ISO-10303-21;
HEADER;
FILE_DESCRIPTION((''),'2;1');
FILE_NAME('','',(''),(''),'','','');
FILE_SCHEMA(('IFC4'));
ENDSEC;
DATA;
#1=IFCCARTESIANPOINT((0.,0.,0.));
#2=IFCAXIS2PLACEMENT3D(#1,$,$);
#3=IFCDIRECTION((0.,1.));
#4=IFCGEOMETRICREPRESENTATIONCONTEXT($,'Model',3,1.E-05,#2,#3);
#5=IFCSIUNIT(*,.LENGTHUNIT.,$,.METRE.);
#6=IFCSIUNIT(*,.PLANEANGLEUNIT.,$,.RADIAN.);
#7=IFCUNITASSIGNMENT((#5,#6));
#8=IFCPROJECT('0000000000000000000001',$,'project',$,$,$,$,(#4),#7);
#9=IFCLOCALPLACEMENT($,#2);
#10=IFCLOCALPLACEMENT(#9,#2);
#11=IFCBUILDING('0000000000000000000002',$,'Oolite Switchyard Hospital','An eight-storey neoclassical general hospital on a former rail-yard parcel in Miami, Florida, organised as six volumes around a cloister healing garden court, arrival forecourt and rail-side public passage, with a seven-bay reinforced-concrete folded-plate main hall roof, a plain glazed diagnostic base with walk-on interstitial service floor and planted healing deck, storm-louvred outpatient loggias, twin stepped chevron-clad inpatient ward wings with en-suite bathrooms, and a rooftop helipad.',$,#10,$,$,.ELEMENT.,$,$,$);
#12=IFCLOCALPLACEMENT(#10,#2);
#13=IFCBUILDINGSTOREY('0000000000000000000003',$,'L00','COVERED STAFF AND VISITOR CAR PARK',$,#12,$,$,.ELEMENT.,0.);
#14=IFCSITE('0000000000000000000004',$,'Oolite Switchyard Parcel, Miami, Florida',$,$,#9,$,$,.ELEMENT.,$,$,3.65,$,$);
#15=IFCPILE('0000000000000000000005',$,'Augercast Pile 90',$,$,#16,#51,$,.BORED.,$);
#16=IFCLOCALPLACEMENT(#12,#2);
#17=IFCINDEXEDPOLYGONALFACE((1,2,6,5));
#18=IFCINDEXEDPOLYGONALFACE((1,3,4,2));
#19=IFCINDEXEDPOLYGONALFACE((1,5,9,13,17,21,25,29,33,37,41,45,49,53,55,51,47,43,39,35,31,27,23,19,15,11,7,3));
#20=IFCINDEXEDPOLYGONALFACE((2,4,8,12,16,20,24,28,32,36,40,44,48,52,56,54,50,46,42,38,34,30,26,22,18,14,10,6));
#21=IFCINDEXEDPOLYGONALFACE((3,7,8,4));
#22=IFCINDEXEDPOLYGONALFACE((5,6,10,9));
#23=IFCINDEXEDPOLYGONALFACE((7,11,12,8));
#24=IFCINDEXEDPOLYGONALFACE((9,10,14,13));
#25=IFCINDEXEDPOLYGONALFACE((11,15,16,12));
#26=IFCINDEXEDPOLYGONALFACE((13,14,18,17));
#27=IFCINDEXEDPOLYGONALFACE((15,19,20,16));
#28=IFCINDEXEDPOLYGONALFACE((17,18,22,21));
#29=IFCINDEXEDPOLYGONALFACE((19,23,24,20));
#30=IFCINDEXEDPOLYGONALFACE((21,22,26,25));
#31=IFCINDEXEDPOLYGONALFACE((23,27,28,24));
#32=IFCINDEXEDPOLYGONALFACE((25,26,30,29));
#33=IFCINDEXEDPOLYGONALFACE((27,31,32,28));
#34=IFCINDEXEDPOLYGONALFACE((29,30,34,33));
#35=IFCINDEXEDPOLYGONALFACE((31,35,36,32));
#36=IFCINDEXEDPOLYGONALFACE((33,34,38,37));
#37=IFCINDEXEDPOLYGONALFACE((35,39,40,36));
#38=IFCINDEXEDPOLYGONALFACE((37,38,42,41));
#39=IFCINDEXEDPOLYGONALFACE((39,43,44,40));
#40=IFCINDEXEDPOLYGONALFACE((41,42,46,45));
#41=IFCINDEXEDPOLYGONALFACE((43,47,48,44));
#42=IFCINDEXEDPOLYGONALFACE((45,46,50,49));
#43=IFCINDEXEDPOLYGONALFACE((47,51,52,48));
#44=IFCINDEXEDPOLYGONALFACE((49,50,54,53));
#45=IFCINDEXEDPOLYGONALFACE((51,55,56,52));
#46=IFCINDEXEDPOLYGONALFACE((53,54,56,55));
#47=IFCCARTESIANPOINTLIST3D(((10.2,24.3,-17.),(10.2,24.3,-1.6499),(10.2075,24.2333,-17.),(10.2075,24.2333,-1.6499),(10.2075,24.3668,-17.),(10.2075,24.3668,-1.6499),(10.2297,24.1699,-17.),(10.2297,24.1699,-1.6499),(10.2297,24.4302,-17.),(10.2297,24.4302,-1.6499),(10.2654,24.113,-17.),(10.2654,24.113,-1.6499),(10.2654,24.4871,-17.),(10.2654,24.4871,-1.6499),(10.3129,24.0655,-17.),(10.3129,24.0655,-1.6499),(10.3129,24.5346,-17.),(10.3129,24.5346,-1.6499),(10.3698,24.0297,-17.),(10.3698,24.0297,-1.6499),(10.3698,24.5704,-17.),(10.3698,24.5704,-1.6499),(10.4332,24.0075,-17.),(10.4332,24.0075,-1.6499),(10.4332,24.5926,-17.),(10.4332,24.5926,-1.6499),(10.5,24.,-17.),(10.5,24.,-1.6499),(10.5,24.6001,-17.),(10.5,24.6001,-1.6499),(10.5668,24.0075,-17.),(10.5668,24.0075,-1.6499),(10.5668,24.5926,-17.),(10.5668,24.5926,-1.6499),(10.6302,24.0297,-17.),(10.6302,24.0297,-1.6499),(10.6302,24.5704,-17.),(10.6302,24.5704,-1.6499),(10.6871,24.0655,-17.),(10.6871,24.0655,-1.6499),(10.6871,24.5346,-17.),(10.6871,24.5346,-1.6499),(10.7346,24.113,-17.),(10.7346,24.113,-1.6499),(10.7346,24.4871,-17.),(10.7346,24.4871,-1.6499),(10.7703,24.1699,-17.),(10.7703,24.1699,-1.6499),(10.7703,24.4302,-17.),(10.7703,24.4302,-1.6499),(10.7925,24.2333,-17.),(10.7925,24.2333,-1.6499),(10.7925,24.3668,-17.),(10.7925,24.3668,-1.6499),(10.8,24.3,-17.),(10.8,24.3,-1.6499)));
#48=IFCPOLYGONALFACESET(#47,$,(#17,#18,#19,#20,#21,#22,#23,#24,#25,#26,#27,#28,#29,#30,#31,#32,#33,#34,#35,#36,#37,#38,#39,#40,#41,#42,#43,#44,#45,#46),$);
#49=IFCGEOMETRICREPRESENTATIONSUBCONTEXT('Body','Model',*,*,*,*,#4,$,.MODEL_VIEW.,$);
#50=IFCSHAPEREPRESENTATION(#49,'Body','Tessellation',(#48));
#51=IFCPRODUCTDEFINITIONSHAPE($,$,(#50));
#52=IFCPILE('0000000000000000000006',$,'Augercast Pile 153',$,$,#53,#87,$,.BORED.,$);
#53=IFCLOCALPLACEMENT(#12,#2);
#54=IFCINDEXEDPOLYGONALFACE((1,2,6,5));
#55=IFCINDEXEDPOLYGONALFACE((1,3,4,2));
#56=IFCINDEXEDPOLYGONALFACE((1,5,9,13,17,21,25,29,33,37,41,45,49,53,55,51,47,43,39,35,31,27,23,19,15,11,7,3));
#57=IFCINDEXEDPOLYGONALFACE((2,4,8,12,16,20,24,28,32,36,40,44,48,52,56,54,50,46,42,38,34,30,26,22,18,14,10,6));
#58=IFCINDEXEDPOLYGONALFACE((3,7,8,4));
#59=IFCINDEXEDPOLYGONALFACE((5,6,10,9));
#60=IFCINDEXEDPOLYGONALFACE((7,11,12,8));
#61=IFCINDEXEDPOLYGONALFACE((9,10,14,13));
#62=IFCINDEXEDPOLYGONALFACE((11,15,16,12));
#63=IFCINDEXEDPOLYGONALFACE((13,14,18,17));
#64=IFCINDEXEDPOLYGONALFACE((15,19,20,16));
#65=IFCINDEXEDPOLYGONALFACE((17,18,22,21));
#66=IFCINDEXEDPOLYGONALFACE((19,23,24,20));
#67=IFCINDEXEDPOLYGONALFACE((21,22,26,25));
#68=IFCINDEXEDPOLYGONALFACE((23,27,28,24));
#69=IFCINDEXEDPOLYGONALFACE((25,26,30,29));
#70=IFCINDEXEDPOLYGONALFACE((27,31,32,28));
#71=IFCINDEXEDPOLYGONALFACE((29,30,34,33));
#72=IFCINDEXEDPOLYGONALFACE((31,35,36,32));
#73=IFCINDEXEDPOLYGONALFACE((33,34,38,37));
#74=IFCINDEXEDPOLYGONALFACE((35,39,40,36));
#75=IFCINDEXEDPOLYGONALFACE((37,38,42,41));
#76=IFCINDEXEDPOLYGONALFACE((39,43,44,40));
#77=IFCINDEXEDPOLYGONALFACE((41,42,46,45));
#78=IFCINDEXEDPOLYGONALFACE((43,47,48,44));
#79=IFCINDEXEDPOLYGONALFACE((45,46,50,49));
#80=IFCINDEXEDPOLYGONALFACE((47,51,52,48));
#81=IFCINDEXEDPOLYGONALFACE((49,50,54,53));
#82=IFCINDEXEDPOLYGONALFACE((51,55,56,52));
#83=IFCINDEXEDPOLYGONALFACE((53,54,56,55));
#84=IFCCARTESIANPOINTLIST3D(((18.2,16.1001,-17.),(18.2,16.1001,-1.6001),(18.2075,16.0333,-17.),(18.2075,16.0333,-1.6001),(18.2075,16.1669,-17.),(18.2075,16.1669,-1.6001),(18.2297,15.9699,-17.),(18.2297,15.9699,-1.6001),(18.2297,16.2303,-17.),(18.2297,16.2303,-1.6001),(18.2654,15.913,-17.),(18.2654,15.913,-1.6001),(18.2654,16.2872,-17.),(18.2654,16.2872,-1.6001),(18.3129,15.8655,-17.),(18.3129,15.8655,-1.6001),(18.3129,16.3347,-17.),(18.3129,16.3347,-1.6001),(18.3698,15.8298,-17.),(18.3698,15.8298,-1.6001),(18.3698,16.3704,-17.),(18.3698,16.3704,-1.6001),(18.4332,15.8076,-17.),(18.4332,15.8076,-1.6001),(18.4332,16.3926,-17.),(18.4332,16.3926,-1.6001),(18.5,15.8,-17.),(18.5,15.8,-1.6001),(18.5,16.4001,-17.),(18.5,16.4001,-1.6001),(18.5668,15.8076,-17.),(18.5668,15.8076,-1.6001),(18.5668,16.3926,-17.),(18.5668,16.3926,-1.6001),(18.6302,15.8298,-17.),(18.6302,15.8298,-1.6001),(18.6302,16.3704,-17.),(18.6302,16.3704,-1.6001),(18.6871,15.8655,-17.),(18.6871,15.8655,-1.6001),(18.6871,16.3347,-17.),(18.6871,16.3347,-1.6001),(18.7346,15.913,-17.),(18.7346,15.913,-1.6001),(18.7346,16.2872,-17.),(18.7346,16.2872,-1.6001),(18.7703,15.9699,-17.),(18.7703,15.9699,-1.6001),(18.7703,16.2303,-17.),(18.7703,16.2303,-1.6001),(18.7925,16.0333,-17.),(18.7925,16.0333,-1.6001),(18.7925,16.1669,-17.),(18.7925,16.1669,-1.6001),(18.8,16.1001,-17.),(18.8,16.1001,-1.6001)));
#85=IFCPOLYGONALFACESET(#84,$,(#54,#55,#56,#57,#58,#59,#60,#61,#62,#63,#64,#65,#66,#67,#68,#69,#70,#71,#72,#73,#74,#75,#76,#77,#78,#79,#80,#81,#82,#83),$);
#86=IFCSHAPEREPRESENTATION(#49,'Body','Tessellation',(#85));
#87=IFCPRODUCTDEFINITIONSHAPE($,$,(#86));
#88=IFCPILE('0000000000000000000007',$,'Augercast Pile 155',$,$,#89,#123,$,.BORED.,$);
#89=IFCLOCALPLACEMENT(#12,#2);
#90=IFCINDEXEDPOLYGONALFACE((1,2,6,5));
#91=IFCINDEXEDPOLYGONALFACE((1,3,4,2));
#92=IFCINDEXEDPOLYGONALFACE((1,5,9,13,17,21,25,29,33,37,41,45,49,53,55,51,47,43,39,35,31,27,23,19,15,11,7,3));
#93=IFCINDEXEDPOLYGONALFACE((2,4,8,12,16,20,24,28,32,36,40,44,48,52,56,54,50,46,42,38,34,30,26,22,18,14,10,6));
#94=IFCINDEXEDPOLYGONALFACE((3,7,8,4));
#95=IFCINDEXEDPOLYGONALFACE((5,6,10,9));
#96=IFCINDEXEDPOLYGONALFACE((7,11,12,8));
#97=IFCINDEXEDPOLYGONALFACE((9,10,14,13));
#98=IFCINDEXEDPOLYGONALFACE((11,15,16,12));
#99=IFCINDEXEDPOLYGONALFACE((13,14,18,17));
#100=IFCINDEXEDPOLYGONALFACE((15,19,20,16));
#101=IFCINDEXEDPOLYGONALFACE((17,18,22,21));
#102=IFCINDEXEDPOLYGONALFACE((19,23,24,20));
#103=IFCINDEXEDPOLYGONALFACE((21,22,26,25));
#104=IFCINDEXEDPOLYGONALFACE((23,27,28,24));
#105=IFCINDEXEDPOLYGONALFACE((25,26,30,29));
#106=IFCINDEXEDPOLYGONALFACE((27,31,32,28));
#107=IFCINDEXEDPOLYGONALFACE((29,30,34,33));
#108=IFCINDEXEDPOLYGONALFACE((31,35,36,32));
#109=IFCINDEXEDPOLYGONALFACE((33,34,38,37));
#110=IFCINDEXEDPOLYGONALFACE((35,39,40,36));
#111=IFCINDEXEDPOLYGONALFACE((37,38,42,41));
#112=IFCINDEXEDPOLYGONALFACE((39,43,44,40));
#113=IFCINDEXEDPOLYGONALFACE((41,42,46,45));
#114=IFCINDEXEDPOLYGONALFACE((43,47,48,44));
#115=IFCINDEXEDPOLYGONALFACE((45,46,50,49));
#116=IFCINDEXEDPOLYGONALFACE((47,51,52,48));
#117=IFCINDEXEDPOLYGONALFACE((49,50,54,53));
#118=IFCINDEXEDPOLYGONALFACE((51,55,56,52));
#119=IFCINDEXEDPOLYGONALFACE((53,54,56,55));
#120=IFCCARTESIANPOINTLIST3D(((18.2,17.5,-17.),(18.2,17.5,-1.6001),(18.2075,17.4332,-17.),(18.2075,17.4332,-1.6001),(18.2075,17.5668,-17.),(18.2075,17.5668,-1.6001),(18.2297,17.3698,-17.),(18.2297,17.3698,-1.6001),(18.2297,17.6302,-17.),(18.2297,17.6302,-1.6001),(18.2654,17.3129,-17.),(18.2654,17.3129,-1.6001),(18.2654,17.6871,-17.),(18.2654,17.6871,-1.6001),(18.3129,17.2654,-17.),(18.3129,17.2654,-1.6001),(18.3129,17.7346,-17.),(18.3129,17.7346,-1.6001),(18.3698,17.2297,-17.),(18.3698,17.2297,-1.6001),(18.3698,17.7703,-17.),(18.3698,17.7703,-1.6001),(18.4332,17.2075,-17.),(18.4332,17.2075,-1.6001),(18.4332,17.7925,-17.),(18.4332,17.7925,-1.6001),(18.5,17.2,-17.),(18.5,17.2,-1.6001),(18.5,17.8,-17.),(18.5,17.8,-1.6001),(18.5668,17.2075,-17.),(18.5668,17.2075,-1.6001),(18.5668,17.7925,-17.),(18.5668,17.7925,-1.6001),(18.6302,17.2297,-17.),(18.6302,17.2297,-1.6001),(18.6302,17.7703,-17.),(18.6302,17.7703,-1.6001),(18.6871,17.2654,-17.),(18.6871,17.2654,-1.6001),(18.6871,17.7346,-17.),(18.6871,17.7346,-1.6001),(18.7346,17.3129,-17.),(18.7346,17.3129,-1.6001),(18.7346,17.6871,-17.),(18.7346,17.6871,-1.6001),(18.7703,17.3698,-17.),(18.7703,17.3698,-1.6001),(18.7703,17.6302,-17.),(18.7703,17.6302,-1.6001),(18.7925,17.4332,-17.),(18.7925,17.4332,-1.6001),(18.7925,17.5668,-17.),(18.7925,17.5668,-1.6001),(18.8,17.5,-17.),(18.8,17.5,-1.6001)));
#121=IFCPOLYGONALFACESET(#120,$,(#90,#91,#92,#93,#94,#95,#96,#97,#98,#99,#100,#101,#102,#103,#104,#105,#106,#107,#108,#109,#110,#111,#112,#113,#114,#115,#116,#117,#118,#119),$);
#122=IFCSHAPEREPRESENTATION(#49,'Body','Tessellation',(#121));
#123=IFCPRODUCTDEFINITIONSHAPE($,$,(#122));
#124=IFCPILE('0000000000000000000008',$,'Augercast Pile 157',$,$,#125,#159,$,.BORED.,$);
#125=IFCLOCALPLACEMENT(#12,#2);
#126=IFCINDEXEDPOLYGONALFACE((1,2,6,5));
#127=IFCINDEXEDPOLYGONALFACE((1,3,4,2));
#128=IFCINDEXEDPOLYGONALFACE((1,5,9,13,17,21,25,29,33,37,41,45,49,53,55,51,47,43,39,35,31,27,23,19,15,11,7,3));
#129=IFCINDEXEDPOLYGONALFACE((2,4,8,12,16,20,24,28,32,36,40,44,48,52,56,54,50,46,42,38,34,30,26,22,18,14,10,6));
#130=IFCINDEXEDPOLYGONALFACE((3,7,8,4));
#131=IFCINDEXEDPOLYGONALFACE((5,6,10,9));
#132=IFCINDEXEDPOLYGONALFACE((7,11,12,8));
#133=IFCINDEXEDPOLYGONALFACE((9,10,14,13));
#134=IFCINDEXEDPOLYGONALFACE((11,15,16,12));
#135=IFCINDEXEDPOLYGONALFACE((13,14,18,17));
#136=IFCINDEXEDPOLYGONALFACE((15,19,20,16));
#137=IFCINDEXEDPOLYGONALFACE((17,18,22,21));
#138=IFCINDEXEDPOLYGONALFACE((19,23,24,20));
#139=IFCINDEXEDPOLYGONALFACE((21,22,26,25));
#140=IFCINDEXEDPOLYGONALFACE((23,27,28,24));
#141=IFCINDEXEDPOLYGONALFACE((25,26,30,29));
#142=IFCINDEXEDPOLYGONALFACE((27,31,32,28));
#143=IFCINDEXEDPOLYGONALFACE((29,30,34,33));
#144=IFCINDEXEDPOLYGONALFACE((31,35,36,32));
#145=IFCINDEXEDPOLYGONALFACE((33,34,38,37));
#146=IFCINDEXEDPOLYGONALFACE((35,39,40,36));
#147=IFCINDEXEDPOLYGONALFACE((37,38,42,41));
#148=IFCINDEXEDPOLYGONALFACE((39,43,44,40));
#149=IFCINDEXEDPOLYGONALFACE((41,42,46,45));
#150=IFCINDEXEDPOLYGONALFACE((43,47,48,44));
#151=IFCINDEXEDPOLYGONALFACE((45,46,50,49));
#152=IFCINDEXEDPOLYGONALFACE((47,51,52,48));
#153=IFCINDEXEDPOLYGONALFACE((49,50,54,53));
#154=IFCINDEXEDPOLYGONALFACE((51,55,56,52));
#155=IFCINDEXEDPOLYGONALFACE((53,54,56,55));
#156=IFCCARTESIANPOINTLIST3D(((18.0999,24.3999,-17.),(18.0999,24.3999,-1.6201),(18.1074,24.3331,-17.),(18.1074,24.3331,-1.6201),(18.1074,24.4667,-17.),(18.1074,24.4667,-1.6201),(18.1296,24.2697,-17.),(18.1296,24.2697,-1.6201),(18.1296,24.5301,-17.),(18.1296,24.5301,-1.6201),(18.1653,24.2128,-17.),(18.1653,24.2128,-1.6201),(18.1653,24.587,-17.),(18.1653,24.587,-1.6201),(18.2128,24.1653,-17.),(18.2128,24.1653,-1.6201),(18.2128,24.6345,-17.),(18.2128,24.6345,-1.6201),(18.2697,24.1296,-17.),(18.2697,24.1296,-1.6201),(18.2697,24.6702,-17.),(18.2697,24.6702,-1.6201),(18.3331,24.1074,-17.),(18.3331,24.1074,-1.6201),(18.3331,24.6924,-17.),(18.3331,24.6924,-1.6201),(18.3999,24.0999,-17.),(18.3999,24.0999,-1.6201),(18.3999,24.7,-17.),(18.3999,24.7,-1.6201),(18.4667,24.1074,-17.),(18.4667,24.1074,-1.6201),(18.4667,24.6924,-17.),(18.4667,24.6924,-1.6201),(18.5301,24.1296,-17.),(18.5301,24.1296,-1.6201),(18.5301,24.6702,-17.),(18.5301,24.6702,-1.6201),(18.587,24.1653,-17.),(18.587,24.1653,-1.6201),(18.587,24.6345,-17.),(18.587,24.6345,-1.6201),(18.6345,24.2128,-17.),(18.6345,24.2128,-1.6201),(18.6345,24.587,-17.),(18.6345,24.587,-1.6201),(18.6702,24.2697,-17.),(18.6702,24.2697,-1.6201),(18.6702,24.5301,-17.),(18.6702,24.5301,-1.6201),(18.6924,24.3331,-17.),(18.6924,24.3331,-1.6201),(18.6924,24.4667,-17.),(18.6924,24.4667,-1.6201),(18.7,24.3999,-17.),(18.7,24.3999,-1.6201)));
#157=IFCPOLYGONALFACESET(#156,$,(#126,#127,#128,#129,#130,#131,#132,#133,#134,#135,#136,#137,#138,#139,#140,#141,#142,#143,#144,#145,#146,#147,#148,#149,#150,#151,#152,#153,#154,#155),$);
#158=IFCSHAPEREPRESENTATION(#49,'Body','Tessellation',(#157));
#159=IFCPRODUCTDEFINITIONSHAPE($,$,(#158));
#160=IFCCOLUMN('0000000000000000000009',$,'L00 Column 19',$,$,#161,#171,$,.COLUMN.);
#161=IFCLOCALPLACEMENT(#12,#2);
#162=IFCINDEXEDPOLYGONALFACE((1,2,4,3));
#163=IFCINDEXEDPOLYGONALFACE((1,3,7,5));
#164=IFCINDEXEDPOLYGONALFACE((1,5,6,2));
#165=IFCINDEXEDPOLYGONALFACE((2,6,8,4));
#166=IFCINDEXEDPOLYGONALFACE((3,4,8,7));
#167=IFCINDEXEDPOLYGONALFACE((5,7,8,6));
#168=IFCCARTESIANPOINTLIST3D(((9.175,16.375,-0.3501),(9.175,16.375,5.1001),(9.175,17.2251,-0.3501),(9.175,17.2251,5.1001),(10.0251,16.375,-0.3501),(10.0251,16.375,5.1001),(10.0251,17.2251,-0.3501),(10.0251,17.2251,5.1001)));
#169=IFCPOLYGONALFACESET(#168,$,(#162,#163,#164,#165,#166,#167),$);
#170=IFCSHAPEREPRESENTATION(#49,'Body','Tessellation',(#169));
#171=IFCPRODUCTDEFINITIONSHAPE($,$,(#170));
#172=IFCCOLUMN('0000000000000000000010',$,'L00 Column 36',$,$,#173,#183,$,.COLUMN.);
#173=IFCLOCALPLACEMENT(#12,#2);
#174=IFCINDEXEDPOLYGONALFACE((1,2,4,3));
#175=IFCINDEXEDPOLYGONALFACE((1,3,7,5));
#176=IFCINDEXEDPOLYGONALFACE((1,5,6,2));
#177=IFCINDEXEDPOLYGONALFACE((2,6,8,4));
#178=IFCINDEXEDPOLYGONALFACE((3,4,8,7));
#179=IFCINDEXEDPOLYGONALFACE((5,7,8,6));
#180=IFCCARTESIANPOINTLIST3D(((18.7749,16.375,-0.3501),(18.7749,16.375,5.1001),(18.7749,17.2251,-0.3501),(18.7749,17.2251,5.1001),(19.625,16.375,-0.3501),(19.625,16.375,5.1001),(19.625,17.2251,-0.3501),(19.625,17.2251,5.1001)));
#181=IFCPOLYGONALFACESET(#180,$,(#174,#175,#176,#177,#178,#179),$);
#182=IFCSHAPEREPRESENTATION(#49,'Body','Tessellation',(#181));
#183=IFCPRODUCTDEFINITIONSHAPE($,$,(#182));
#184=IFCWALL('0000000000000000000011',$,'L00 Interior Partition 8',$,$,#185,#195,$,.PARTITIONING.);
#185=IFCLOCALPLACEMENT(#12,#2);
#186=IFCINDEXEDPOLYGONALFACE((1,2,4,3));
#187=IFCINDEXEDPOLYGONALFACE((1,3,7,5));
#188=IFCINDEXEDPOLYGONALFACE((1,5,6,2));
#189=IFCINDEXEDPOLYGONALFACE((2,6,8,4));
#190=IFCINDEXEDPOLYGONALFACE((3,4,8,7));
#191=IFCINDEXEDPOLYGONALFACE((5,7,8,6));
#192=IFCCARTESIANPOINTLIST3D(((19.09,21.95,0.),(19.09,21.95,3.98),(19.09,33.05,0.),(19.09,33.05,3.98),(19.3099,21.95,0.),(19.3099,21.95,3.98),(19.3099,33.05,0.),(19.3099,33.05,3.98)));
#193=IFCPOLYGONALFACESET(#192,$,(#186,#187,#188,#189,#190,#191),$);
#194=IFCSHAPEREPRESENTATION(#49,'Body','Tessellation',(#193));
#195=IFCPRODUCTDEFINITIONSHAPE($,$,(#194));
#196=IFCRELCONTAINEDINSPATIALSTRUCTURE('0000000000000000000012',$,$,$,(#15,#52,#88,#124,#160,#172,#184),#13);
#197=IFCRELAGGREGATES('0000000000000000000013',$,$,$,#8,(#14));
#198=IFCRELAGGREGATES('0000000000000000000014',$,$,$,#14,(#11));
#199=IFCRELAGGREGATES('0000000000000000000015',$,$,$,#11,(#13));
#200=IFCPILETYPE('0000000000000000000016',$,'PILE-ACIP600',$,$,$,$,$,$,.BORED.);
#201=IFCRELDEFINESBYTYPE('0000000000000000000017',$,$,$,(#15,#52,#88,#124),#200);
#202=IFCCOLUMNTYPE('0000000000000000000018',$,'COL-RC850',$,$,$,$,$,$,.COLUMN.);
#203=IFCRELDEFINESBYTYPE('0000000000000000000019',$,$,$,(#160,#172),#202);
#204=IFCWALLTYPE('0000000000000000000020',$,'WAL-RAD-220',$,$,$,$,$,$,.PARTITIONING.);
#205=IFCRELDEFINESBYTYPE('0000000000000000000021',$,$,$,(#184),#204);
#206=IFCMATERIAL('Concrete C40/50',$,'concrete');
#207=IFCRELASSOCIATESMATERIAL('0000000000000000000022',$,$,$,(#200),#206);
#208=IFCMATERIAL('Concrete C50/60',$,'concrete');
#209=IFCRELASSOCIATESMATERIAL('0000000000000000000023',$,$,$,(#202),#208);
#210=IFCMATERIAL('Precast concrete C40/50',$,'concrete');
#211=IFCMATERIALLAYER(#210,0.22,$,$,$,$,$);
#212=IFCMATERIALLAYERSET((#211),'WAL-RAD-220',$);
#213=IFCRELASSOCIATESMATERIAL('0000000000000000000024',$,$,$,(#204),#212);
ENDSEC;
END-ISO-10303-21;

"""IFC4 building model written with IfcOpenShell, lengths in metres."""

from ifc_helpers import new_model, si_unit, direction, frame, frame_2d, origin, origin_2d, place, context, subcontext, project, spatial, rectangle, circle, extrude, material, layer, layer_set, material_profile, profile_set, type_object, element, save


model = new_model("IFC4")

# Units and contexts
model_context = context("Model", 3, precision=1e-05, world=origin(), true_north=direction((0.0, 1.0)))
body_context = subcontext(model_context, "Body", "Model", "MODEL_VIEW")
ifc_project = project(units=[si_unit("LENGTHUNIT", "METRE"), si_unit("PLANEANGLEUNIT", "RADIAN")], contexts=[model_context])

# Site, building, storey
site_placement = place(None, origin())
site = spatial("IfcSite", under=ifc_project, at=site_placement, Name="Oolite Switchyard Parcel, Miami, Florida", CompositionType="ELEMENT", RefElevation=3.65)
building_placement = place(site_placement, origin())
building = spatial("IfcBuilding", under=site, at=building_placement, Name="Oolite Switchyard Hospital", Description="An eight-storey neoclassical general hospital on a former rail-yard parcel in Miami, Florida, organised as six volumes around a cloister healing garden court, arrival forecourt and rail-side public passage, with a seven-bay reinforced-concrete folded-plate main hall roof, a plain glazed diagnostic base with walk-on interstitial service floor and planted healing deck, storm-louvred outpatient loggias, twin stepped chevron-clad inpatient ward wings with en-suite bathrooms, and a rooftop helipad.", CompositionType="ELEMENT")
storey_placement = place(building_placement, origin())
storey = spatial("IfcBuildingStorey", under=building, at=storey_placement, Name="L00", Description="COVERED STAFF AND VISITOR CAR PARK", CompositionType="ELEMENT", Elevation=0.0)

# Shared definitions
ifc_material_1 = material(Name="Concrete C40/50", Category="concrete")

# Piles
ifc_material_profile_1 = material_profile(ifc_material_1, circle(Radius=0.3, at=origin_2d()), Name="PILE600")
ifc_profile_set_1 = profile_set([ifc_material_profile_1], Name="Concrete C40/50")
pile_type = type_object("IfcPileType", Name="PILE-ACIP600", PredefinedType="BORED", material=ifc_profile_set_1)
for number, where, z_axis, x_axis, name in (
    (1, (10.5, 24.3, -1.6499), (0.0, 0.0, -1.0), (1.0, 0.0, 0.0), "Augercast Pile 90"),
):
    element("IfcPile", number, at=place(storey_placement, frame(where, z_axis=z_axis, x_axis=x_axis)), inside=storey, type_object=pile_type, Name=name, PredefinedType="BORED", context=body_context, shape_type="SweptSolid", body=[
        extrude(circle(Radius=0.3, at=origin_2d()), origin(), (0.0, 0.0, 1.0), 15.3501),
    ])
for number, where, z_axis, x_axis, name in (
    (2, (18.5, 16.1001, -1.6001), (0.0, 0.0, -1.0), (1.0, 0.0, 0.0), "Augercast Pile 153"),
    (3, (18.5, 17.5, -1.6001), (0.0, 0.0, -1.0), (1.0, 0.0, 0.0), "Augercast Pile 155"),
):
    element("IfcPile", number, at=place(storey_placement, frame(where, z_axis=z_axis, x_axis=x_axis)), inside=storey, type_object=pile_type, Name=name, PredefinedType="BORED", context=body_context, shape_type="SweptSolid", body=[
        extrude(circle(Radius=0.3, at=origin_2d()), origin(), (0.0, 0.0, 1.0), 15.3999),
    ])
pile_placement = place(storey_placement, frame((18.3999, 24.3999, -1.6201), z_axis=(0.0, 0.0, -1.0), x_axis=(1.0, 0.0, 0.0)))
element("IfcPile", 4, at=pile_placement, inside=storey, type_object=pile_type, Name="Augercast Pile 157", PredefinedType="BORED", context=body_context, shape_type="SweptSolid", body=[
    extrude(circle(Radius=0.3, at=origin_2d()), origin(), (0.0, 0.0, 1.0), 15.3799),
])

# Columns
ifc_material_2 = material(Name="Concrete C50/60", Category="concrete")
ifc_material_profile_2 = material_profile(ifc_material_2, rectangle(XDim=0.8501, YDim=0.8501, at=origin_2d()), Name="RC850X850")
ifc_profile_set_2 = profile_set([ifc_material_profile_2], Name="Concrete C50/60")
column_type = type_object("IfcColumnType", Name="COL-RC850", PredefinedType="COLUMN", material=ifc_profile_set_2)
for number, where, z_axis, x_axis, name in (
    (5, (9.6001, 16.8, -0.3501), (0.0, 0.0, 1.0), (1.0, 0.0, 0.0), "L00 Column 19"),
    (6, (19.2, 16.8, -0.3501), (0.0, 0.0, 1.0), (1.0, 0.0, 0.0), "L00 Column 36"),
):
    element("IfcColumn", number, at=place(storey_placement, frame(where, z_axis=z_axis, x_axis=x_axis)), inside=storey, type_object=column_type, Name=name, PredefinedType="COLUMN", context=body_context, shape_type="SweptSolid", body=[
        extrude(rectangle(XDim=0.8501, YDim=0.8501, at=origin_2d()), origin(), (0.0, 0.0, 1.0), 5.4502),
    ])

# Wall
ifc_material_3 = material(Name="Precast concrete C40/50", Category="concrete")
ifc_layer_1 = layer(ifc_material_3, 0.22)
ifc_layer_set_1 = layer_set([ifc_layer_1], Name="WAL-RAD-220")
wall_type_1 = type_object("IfcWallType", Name="WAL-RAD-220", PredefinedType="PARTITIONING", material=ifc_layer_set_1)
wall_1_placement = place(storey_placement, frame((19.2, 21.95, 0.0), z_axis=(0.0, 0.0, 1.0), x_axis=(0.0, 1.0, 0.0)))
element("IfcWall", 7, at=wall_1_placement, inside=storey, type_object=wall_type_1, Name="L00 Interior Partition 8", PredefinedType="PARTITIONING", context=body_context, shape_type="SweptSolid", body=[
    extrude(rectangle(XDim=11.1001, YDim=0.22, at=frame_2d((5.55, 0.0))), origin(), (0.0, 0.0, 1.0), 3.98),
])

save(model, "model.ifc")
